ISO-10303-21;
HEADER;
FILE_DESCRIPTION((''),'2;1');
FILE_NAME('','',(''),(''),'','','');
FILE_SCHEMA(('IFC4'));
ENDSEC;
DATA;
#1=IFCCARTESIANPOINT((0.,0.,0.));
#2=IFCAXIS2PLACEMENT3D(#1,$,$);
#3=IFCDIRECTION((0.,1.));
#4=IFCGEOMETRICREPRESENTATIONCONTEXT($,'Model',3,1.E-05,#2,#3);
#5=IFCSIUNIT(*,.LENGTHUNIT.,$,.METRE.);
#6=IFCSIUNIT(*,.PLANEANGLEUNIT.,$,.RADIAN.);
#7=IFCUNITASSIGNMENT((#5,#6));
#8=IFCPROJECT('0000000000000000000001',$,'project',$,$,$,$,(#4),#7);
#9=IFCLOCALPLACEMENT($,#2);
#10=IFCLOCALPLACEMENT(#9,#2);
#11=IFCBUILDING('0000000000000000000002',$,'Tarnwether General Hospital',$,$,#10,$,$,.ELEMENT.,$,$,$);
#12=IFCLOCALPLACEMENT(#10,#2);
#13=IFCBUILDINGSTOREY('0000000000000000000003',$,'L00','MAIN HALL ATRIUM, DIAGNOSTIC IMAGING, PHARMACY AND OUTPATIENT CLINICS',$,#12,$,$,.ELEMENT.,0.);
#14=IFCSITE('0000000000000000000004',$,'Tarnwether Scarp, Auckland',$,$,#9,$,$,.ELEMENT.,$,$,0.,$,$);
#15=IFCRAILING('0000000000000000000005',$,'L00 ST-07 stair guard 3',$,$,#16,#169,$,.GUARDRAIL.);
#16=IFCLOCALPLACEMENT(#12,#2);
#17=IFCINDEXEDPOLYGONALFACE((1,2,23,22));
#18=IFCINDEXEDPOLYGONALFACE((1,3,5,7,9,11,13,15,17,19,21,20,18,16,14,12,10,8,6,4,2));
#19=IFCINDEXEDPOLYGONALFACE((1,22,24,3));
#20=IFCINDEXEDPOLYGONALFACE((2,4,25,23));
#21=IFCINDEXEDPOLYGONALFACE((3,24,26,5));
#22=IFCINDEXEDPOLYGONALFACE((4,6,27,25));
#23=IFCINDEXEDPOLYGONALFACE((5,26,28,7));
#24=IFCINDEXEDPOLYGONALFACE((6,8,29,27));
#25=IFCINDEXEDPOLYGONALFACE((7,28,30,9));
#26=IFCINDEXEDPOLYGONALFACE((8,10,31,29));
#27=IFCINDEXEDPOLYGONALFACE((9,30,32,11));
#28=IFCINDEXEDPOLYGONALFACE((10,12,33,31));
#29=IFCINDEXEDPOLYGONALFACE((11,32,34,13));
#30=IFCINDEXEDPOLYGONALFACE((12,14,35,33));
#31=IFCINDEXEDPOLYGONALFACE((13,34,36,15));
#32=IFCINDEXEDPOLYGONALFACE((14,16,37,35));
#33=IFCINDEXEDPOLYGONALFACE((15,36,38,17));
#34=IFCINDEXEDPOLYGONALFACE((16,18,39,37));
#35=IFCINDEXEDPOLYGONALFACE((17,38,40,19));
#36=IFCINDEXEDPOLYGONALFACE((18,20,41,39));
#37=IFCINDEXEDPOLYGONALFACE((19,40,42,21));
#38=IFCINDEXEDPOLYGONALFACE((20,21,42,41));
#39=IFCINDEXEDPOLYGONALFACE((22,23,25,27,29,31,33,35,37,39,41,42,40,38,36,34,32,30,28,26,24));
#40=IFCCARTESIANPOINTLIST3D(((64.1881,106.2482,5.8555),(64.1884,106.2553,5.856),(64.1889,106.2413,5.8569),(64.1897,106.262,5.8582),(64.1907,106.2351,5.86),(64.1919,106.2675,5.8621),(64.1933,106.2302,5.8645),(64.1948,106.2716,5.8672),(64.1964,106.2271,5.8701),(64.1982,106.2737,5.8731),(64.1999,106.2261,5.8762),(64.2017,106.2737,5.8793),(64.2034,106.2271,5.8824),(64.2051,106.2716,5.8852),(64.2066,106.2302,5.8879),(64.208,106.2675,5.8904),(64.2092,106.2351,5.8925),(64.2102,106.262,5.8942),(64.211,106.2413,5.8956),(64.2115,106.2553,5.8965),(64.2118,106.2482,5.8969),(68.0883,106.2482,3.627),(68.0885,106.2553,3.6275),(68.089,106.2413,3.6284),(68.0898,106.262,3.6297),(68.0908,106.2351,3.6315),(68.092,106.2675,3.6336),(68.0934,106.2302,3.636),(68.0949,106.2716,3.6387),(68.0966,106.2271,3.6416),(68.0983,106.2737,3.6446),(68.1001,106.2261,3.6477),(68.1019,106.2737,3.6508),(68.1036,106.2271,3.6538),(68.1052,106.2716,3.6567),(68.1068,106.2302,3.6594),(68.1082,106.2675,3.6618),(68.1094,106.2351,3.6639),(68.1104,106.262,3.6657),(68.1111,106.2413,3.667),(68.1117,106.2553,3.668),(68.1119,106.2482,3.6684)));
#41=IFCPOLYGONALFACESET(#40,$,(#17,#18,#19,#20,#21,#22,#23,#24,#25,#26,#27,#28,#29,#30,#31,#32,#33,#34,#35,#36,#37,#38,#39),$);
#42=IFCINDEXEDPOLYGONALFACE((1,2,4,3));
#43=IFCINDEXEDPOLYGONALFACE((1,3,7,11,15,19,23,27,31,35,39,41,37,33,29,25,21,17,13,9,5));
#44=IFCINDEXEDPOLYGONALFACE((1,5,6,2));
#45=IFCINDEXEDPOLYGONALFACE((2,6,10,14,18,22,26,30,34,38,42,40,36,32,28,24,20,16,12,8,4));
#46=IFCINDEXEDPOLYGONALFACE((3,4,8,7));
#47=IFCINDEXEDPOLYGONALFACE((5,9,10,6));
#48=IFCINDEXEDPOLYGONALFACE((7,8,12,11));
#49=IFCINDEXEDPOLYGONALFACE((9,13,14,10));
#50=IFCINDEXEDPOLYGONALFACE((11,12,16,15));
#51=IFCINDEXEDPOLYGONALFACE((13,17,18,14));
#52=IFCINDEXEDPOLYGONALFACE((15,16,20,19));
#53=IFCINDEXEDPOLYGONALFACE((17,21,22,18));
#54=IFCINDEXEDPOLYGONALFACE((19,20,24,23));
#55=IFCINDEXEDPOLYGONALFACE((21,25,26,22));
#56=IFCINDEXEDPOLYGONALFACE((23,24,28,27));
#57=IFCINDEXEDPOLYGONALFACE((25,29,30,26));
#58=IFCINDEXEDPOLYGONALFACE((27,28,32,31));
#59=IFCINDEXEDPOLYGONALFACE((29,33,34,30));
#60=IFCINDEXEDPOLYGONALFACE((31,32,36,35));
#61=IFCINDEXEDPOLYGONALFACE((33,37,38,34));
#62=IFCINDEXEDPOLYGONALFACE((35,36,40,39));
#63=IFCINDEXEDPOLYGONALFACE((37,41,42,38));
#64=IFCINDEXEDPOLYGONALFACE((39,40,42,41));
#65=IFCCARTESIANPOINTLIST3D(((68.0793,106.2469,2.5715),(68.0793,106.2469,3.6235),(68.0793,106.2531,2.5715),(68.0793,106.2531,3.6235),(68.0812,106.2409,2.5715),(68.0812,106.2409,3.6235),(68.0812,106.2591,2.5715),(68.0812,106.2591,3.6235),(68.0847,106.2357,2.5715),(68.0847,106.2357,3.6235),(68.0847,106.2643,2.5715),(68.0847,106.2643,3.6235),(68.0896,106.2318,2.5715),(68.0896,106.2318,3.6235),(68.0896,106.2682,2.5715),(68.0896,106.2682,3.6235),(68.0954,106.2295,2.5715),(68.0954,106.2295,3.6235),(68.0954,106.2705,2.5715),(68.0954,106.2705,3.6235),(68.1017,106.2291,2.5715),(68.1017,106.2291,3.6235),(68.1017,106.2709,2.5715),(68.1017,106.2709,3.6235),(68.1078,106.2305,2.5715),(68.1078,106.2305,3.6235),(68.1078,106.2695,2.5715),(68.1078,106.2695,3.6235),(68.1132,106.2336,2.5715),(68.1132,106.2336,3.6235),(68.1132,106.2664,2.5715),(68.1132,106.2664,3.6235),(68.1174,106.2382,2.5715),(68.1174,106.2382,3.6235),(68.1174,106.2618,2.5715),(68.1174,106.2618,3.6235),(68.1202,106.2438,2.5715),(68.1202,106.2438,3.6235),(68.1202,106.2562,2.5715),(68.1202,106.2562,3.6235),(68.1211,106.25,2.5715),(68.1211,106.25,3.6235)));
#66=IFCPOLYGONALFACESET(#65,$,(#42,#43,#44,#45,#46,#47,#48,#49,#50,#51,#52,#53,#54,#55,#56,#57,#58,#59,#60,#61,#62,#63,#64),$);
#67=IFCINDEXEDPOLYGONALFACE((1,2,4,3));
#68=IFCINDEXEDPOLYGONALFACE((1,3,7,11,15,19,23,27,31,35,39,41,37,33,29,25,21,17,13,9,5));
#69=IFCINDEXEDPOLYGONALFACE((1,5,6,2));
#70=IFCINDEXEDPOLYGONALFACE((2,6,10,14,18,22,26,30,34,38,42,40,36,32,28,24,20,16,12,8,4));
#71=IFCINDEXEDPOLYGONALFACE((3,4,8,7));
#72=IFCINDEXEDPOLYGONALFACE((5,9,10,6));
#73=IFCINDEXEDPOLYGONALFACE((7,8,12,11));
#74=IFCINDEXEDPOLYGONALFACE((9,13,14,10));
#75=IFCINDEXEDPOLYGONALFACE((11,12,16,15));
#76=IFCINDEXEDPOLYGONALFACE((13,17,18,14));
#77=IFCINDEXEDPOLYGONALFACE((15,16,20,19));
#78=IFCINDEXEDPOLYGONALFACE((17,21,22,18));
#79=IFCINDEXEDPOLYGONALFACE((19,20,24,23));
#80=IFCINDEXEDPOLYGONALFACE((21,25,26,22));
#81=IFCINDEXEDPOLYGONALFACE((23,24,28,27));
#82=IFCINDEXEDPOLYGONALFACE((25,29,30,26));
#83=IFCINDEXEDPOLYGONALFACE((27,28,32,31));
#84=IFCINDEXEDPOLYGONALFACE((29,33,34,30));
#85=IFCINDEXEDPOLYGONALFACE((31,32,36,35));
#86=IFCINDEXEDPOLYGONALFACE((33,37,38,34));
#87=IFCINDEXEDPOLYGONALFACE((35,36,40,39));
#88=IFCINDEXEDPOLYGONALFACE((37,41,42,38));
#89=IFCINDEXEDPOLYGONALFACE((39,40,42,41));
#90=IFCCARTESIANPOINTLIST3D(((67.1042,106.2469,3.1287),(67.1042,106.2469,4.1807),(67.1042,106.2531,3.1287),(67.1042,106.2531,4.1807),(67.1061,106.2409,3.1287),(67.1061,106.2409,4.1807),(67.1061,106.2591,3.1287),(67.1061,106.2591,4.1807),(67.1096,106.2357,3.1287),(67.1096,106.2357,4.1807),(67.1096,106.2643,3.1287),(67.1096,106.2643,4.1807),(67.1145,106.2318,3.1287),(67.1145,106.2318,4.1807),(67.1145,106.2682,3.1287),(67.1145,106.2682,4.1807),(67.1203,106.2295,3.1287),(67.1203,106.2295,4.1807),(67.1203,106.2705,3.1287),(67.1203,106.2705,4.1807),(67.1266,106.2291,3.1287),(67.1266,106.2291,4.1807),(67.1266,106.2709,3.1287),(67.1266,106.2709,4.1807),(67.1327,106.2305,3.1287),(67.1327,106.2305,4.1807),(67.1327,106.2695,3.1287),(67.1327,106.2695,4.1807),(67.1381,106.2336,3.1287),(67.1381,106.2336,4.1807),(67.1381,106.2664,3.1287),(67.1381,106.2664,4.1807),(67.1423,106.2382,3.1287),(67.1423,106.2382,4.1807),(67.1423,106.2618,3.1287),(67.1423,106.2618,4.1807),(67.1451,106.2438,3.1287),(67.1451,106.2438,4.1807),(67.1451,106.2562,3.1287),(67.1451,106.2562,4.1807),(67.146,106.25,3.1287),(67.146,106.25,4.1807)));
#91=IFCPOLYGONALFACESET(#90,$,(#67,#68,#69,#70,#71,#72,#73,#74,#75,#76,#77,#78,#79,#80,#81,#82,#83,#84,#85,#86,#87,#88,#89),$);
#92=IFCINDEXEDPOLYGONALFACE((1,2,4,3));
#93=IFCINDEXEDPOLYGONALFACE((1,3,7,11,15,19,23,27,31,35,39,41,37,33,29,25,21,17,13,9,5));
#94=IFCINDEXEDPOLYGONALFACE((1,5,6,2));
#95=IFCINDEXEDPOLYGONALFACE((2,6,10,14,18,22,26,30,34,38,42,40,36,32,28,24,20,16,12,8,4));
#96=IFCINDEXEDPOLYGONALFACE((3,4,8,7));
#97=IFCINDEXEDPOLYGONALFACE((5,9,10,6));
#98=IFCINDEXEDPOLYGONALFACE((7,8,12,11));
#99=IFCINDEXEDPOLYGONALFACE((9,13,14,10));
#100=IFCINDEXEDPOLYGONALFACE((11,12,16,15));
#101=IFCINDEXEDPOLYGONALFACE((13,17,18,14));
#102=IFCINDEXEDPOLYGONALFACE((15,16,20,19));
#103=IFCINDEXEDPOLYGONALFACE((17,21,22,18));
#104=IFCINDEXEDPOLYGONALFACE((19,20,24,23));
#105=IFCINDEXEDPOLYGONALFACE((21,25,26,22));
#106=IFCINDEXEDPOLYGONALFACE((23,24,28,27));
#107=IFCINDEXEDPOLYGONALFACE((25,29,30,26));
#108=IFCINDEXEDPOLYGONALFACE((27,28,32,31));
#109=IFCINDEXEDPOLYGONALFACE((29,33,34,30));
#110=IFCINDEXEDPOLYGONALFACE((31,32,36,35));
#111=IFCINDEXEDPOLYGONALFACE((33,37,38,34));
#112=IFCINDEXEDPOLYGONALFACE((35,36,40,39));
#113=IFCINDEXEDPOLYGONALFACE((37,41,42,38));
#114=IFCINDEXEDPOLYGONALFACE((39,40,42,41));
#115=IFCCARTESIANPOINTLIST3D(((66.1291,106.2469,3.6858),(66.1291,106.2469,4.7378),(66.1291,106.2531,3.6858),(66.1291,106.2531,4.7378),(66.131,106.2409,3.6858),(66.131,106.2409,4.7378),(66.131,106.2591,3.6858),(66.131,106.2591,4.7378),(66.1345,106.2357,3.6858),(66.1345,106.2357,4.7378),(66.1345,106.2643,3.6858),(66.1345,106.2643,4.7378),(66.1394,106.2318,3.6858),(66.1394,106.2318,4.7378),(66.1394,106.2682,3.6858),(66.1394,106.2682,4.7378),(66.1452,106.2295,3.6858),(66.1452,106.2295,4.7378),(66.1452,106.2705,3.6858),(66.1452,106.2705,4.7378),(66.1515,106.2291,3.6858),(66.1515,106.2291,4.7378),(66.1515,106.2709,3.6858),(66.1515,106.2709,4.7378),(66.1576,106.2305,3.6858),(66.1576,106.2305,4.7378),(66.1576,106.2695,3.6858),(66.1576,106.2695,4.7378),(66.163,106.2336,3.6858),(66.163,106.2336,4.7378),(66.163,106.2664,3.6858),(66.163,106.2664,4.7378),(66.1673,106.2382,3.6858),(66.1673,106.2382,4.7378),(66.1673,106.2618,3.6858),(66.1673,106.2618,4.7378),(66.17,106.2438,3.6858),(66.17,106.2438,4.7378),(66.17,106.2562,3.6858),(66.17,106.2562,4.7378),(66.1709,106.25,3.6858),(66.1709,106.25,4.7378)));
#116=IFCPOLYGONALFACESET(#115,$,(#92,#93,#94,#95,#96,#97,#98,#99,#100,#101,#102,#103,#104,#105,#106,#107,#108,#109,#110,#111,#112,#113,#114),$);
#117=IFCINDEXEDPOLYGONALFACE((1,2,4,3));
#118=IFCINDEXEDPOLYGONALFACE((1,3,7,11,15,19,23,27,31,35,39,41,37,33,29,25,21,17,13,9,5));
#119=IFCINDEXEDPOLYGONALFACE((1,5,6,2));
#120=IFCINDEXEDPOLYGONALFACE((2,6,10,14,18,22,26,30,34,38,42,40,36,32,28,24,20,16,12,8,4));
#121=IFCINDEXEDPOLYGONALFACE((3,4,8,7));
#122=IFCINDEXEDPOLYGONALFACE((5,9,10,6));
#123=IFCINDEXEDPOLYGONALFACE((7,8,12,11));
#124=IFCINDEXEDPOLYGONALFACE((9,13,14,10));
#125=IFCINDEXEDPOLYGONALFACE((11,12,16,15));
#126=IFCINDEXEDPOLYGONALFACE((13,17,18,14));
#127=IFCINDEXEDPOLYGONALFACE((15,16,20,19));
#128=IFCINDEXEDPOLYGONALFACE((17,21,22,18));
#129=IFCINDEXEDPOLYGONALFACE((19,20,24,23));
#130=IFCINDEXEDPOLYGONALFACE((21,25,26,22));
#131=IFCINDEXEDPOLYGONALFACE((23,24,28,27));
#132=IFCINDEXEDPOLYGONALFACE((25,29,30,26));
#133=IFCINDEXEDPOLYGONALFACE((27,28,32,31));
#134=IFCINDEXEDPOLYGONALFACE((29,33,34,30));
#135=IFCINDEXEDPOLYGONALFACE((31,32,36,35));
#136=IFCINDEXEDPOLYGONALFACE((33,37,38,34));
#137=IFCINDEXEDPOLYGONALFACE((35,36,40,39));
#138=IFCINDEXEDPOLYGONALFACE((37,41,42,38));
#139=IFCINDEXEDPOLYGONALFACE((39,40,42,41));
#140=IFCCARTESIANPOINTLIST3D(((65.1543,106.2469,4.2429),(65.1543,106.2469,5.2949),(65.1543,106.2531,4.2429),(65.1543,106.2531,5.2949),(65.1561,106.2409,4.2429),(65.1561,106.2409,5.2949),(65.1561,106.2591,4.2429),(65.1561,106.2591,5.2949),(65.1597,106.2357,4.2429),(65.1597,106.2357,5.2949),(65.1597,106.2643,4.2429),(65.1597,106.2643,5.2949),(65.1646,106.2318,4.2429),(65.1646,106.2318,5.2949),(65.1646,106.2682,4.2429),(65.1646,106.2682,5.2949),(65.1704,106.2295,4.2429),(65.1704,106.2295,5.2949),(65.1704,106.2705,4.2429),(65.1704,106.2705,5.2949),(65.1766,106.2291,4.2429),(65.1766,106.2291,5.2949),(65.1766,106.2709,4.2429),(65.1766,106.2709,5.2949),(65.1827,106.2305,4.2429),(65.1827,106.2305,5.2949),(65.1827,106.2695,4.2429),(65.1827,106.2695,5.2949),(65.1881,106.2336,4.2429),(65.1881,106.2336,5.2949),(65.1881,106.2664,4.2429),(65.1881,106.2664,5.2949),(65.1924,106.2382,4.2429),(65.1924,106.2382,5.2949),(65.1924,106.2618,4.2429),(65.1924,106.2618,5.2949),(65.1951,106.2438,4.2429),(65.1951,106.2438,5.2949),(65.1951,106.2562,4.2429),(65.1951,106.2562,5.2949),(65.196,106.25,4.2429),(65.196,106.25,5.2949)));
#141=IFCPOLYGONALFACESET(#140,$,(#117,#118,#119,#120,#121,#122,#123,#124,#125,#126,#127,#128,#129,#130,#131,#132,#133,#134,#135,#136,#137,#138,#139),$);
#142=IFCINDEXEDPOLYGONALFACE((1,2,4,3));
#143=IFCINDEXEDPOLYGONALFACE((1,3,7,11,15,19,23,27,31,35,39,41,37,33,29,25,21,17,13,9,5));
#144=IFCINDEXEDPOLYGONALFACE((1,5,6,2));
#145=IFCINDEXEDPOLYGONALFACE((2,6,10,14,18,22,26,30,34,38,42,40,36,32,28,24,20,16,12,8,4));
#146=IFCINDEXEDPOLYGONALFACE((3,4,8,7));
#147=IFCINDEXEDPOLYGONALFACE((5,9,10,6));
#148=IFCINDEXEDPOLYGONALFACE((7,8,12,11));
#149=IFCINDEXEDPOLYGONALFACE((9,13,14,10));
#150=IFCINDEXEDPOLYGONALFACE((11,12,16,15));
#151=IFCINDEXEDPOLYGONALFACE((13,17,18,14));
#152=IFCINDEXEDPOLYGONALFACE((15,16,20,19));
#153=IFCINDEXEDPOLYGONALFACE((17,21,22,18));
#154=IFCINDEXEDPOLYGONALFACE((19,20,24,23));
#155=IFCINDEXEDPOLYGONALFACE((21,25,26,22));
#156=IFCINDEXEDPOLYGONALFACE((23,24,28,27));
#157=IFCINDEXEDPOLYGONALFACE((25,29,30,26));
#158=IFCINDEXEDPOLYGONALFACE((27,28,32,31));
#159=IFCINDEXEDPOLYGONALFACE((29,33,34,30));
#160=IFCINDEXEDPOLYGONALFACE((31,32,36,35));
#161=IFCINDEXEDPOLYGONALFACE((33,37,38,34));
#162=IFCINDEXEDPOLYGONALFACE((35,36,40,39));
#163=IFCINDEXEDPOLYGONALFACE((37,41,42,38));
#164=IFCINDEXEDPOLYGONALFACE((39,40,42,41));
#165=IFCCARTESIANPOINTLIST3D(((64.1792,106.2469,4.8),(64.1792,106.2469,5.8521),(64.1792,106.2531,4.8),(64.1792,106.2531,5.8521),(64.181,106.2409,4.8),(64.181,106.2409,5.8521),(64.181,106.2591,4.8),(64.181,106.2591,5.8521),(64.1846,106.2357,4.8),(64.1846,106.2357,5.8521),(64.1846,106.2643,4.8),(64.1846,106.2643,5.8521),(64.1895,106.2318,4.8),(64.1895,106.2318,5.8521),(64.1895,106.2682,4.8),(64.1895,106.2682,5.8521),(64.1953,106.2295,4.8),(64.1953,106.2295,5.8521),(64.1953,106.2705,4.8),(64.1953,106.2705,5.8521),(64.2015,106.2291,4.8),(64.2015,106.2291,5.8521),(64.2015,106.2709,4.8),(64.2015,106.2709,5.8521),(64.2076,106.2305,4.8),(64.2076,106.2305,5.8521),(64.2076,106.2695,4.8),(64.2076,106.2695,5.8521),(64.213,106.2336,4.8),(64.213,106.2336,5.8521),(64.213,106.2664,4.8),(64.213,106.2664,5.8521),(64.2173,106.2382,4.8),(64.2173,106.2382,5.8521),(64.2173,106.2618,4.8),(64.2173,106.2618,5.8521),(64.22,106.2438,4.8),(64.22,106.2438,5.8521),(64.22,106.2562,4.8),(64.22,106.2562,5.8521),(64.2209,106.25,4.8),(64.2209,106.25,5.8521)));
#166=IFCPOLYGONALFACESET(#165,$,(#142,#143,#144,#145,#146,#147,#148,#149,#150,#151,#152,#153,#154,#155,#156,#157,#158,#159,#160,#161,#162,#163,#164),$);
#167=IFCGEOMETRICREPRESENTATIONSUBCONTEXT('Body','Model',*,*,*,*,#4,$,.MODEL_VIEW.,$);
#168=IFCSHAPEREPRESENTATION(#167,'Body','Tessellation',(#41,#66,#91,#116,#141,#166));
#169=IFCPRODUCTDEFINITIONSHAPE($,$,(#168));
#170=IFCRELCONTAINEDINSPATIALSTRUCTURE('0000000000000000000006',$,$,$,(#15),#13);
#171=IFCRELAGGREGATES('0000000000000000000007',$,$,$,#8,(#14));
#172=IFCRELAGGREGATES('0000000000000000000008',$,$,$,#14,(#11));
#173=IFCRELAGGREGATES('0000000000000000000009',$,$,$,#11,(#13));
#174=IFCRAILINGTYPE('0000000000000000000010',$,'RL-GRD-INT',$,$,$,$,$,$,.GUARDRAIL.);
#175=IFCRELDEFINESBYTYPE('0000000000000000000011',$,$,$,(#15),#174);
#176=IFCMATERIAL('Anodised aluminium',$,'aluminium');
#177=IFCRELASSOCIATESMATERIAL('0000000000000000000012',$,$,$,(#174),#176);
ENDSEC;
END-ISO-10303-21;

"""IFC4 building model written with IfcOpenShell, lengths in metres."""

from ifc_helpers import new_model, si_unit, direction, frame, origin, origin_2d, place, context, subcontext, project, spatial, circle, extrude, material, type_object, element, save


model = new_model("IFC4")

# Units and contexts
model_context = context("Model", 3, precision=1e-05, world=origin(), true_north=direction((0.0, 1.0)))
body_context = subcontext(model_context, "Body", "Model", "MODEL_VIEW")
ifc_project = project(units=[si_unit("LENGTHUNIT", "METRE"), si_unit("PLANEANGLEUNIT", "RADIAN")], contexts=[model_context])

# Site, building, storey
site_placement = place(None, origin())
site = spatial("IfcSite", under=ifc_project, at=site_placement, Name="Tarnwether Scarp, Auckland", CompositionType="ELEMENT", RefElevation=0.0)
building_placement = place(site_placement, origin())
building = spatial("IfcBuilding", under=site, at=building_placement, Name="Tarnwether General Hospital", CompositionType="ELEMENT")
storey_placement = place(building_placement, origin())
storey = spatial("IfcBuildingStorey", under=building, at=storey_placement, Name="L00", Description="MAIN HALL ATRIUM, DIAGNOSTIC IMAGING, PHARMACY AND OUTPATIENT CLINICS", CompositionType="ELEMENT", Elevation=0.0)

# Railing
ifc_material_1 = material(Name="Anodised aluminium", Category="aluminium")
railing_type_1 = type_object("IfcRailingType", Name="RL-GRD-INT", PredefinedType="GUARDRAIL", material=ifc_material_1)
railing_1_placement = place(storey_placement, frame((68.1001, 106.25, 2.5715)))
element("IfcRailing", 1, at=railing_1_placement, inside=storey, type_object=railing_type_1, Name="L00 ST-07 stair guard 3", PredefinedType="GUARDRAIL", context=body_context, shape_type="SweptSolid", body=[
    extrude(circle(Radius=0.0239, at=origin_2d()), frame((0.0, 0.0, 1.0762), z_axis=(-0.868257, 0.0, 0.496116), x_axis=(0.0, -1.0, 0.0)), (0.0, 0.0, 1.0), 4.4919),
    extrude(circle(Radius=0.021, at=origin_2d()), origin(), (0.0, 0.0, 1.0), 1.052),
    extrude(circle(Radius=0.021, at=origin_2d()), frame((-0.9751, 0.0, 0.5571)), (0.0, 0.0, 1.0), 1.052),
    extrude(circle(Radius=0.021, at=origin_2d()), frame((-1.9502, 0.0, 1.1143)), (0.0, 0.0, 1.0), 1.052),
    extrude(circle(Radius=0.021, at=origin_2d()), frame((-2.925, 0.0, 1.6714)), (0.0, 0.0, 1.0), 1.052),
    extrude(circle(Radius=0.021, at=origin_2d()), frame((-3.9001, 0.0, 2.2285)), (0.0, 0.0, 1.0), 1.052),
])

save(model, "model.ifc")
